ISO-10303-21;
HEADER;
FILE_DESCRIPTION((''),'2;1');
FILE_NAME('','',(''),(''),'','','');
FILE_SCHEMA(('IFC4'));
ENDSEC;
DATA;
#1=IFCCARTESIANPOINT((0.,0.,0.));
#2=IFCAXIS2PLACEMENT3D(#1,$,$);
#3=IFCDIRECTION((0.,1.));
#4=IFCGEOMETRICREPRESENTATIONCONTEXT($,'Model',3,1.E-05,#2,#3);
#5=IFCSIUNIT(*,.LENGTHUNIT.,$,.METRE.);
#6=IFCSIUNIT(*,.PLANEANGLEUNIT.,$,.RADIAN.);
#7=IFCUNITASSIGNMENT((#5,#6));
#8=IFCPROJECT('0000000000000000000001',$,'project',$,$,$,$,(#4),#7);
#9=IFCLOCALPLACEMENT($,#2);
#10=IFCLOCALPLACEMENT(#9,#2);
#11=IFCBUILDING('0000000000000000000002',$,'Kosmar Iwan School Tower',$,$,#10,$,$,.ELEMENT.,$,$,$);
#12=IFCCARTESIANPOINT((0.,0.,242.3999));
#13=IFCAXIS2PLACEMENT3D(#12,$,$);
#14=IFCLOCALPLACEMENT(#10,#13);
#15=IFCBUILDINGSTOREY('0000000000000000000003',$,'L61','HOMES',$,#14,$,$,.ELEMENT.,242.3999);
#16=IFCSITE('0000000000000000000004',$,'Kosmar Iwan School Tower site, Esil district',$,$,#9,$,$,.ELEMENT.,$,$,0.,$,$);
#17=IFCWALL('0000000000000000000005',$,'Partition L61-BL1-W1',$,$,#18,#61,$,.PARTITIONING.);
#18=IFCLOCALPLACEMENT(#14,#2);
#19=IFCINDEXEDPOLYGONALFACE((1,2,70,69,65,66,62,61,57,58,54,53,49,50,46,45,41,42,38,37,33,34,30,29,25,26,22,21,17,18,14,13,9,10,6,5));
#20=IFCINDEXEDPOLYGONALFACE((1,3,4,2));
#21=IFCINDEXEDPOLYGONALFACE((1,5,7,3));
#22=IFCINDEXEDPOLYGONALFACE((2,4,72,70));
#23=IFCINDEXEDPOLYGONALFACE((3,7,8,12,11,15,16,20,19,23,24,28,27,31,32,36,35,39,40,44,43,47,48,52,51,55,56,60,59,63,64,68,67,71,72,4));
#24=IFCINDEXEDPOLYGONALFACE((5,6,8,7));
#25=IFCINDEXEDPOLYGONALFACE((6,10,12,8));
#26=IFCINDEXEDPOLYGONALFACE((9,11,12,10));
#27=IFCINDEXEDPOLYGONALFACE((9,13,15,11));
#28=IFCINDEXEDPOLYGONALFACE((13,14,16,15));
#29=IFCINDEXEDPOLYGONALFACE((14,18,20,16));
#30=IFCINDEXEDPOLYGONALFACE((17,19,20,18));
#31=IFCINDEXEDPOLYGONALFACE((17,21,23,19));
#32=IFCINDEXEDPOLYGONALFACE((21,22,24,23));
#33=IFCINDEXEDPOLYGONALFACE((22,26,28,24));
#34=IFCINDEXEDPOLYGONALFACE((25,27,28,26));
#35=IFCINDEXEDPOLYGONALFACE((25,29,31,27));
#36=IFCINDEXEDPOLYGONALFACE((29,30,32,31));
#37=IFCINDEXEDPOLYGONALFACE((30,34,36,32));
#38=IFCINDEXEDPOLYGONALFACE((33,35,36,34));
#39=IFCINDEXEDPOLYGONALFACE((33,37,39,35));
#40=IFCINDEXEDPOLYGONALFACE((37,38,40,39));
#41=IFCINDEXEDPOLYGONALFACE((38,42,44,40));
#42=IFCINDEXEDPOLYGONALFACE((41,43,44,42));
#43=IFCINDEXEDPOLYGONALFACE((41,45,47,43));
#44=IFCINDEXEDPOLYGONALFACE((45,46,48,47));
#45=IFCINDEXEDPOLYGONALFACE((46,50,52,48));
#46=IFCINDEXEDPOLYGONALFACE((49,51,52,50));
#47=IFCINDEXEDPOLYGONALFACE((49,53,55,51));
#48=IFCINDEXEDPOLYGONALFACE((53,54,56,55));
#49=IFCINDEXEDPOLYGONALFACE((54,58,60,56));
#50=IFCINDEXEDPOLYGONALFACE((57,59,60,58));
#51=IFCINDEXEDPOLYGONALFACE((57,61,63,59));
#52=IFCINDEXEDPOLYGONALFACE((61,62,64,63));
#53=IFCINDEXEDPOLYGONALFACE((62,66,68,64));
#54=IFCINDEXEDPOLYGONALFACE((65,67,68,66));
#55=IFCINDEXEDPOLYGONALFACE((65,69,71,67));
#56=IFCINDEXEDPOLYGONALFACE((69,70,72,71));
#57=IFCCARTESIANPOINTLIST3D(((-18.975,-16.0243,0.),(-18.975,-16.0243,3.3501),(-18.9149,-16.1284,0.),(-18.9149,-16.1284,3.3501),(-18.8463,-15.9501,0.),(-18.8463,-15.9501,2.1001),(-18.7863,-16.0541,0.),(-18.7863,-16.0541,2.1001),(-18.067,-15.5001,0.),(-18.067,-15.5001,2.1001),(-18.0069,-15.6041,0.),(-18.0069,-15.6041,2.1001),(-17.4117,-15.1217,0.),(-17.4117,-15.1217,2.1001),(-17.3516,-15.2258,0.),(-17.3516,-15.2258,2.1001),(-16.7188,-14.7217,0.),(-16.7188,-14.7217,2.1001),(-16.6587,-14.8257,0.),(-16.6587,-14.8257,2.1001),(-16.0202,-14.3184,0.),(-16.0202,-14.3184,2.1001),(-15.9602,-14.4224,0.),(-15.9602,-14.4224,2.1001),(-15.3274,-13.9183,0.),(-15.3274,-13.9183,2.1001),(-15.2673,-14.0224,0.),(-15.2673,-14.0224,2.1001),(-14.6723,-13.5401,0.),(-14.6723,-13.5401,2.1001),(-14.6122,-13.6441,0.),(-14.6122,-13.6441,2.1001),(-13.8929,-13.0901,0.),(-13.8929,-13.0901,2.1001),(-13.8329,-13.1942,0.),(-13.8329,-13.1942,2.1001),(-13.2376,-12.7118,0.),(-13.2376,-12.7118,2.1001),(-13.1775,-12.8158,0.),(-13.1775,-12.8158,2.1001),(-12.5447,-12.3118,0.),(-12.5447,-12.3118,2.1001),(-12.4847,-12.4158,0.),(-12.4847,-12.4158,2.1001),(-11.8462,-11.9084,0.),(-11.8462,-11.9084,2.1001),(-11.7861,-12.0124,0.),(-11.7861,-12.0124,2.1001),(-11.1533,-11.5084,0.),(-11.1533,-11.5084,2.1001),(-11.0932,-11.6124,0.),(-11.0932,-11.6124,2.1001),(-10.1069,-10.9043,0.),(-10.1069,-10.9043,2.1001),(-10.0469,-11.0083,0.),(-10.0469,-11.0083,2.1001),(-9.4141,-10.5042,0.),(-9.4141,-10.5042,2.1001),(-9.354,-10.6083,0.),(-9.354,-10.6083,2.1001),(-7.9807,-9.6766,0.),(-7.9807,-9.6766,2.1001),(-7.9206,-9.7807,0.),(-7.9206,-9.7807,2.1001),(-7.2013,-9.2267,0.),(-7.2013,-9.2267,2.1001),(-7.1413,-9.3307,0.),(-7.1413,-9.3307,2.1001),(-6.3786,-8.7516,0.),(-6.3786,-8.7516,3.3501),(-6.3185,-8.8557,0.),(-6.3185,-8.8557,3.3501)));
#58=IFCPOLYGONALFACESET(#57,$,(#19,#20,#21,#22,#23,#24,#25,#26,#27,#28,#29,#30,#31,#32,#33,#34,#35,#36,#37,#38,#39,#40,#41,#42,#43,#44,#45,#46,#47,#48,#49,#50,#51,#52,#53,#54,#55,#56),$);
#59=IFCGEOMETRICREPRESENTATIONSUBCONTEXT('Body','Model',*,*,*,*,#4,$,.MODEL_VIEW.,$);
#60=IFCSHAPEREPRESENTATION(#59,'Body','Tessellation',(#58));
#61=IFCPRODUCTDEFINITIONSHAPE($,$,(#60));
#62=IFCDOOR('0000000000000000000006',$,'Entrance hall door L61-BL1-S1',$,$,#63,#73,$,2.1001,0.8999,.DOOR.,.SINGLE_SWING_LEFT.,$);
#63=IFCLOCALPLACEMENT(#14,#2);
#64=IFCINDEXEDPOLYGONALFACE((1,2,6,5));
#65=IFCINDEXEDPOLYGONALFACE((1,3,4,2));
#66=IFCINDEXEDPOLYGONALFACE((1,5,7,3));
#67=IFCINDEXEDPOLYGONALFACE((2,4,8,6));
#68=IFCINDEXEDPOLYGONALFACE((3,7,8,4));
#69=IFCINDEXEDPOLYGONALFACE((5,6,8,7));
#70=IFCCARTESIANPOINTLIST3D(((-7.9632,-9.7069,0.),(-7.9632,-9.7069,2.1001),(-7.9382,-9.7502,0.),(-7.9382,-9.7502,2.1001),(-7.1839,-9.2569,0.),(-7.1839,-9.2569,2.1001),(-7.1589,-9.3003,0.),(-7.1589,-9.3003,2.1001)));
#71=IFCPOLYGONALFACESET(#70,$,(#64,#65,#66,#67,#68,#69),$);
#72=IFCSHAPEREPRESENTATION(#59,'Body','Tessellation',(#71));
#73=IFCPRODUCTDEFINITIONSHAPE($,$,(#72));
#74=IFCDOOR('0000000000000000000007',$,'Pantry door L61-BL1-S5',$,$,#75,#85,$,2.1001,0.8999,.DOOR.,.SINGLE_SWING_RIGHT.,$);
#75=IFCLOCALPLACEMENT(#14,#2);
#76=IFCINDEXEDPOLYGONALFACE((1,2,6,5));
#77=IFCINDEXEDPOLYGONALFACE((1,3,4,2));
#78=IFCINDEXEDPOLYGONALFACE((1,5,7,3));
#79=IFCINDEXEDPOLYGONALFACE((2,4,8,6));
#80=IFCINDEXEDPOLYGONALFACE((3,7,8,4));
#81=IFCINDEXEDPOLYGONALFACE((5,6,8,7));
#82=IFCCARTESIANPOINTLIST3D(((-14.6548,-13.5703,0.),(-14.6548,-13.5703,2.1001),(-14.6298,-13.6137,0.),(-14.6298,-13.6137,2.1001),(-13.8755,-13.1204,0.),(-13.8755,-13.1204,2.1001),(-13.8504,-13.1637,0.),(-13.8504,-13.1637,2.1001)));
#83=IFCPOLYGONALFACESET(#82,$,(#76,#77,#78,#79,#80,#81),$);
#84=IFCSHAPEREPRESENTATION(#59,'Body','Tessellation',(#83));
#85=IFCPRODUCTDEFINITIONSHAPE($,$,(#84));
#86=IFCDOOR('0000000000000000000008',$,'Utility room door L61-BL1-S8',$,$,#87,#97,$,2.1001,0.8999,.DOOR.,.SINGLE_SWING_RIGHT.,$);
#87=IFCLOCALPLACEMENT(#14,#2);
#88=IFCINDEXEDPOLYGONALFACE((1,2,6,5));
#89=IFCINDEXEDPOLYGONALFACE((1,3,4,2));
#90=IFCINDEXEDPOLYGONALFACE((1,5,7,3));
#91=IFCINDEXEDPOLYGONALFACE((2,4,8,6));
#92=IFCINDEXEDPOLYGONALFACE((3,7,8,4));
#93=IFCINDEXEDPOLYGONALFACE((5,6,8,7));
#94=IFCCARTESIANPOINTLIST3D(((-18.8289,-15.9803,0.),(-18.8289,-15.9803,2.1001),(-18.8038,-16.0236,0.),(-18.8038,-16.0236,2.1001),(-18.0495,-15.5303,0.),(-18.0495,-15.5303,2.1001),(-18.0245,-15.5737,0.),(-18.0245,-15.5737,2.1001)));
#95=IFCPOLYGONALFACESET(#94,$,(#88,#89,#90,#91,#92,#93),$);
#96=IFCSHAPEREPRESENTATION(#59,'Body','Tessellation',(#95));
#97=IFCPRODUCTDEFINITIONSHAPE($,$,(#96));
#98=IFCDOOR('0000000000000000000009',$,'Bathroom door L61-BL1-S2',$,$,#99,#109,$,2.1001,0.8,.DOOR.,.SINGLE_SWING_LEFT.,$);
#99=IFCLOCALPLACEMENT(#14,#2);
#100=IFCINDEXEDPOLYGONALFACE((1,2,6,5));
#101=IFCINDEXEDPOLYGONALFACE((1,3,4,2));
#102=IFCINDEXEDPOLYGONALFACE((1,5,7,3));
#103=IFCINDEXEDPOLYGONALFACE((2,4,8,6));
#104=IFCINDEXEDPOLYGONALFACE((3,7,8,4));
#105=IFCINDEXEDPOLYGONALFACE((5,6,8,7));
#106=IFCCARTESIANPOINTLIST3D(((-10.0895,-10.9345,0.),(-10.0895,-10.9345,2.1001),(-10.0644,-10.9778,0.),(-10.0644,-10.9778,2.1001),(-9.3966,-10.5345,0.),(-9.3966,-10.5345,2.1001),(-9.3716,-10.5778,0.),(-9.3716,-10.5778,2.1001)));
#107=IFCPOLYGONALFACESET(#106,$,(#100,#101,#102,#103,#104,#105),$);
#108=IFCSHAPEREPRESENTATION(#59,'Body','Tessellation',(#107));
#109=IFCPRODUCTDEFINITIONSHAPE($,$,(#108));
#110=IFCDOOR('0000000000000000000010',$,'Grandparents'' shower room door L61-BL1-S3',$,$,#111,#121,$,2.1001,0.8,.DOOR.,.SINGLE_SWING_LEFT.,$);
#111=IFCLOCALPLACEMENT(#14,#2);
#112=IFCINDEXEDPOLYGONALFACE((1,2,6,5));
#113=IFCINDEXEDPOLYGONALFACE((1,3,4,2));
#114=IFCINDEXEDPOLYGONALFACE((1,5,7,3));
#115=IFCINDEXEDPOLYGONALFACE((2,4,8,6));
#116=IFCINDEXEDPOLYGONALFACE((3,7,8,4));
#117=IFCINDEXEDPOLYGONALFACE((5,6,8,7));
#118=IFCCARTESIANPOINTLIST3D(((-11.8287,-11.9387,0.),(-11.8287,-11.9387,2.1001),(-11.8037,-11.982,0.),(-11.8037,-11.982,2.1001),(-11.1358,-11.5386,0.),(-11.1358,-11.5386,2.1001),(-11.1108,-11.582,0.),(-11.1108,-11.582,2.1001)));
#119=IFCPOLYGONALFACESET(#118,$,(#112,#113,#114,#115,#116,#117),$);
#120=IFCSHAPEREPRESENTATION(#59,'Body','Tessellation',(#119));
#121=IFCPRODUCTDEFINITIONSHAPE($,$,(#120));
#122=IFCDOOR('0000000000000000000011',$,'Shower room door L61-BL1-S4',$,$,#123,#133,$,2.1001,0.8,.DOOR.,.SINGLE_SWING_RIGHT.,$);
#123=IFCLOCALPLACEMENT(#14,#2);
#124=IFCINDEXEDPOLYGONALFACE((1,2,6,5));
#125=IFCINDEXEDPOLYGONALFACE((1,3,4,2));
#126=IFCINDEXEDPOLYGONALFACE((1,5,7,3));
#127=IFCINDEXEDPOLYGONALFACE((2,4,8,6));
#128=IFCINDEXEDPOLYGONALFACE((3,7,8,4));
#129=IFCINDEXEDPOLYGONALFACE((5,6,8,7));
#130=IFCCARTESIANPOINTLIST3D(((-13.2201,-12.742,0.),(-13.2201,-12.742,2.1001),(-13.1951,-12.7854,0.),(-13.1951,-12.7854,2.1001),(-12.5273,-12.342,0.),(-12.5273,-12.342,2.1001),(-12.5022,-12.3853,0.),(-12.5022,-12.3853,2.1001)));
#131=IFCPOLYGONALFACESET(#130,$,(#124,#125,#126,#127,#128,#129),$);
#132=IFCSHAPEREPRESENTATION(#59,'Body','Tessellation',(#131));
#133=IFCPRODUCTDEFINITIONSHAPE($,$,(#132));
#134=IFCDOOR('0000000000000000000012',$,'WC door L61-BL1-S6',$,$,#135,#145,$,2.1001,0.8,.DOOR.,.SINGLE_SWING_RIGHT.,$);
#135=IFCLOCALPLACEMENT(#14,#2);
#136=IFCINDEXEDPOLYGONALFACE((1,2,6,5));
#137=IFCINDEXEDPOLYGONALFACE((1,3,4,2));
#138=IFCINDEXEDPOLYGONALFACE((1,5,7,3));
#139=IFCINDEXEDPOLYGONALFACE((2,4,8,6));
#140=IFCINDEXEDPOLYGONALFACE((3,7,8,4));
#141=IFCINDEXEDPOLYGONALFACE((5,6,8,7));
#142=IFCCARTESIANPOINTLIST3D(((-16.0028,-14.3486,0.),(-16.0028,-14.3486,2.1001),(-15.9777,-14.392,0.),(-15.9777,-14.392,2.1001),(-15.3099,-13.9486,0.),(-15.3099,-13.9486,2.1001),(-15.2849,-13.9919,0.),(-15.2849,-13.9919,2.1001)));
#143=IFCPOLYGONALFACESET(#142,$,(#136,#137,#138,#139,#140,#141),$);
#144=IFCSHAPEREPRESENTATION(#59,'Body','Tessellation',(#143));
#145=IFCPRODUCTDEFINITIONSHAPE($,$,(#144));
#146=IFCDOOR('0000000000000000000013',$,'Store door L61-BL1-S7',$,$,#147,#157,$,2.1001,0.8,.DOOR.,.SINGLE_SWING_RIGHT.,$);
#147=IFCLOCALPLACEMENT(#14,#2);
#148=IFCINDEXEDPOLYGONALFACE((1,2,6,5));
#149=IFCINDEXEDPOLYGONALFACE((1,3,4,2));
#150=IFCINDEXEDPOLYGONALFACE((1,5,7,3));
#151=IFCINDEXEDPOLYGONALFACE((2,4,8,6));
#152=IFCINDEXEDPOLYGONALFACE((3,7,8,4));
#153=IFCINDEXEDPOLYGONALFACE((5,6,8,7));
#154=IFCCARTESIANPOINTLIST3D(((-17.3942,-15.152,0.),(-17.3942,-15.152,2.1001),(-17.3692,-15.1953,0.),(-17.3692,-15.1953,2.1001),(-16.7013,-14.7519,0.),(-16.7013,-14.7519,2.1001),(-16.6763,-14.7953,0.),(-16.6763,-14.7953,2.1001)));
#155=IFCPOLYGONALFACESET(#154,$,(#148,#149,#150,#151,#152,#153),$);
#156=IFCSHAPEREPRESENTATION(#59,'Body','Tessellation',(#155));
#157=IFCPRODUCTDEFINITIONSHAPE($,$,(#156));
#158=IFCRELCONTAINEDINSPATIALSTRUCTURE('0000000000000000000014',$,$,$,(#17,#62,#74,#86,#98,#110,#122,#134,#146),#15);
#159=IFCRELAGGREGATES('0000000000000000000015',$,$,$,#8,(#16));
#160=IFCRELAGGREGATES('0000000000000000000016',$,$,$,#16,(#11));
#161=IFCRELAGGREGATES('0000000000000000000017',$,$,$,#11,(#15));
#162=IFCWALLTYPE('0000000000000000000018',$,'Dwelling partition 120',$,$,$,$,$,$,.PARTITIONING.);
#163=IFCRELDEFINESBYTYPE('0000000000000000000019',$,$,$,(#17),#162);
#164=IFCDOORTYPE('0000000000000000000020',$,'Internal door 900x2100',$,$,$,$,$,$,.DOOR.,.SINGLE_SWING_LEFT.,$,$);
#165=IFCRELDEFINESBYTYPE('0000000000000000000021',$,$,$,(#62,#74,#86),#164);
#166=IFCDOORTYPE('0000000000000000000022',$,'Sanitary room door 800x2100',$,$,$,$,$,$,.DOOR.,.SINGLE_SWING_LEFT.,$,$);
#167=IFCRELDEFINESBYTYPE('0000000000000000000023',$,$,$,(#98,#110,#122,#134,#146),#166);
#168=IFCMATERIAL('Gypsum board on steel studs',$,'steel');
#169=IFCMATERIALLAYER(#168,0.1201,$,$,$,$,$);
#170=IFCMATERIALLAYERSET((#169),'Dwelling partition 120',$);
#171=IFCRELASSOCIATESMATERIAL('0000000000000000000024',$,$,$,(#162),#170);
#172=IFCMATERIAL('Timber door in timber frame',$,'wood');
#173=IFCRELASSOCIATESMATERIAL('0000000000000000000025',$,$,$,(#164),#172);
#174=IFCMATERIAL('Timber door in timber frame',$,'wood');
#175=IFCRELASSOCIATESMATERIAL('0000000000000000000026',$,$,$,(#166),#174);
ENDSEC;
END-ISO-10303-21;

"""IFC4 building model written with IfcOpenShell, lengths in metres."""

from ifc_helpers import new_model, si_unit, direction, frame, frame_2d, origin, place, context, subcontext, project, spatial, rectangle, extrude, material, layer, layer_set, type_object, element, fill, save


model = new_model("IFC4")

# Units and contexts
model_context = context("Model", 3, precision=1e-05, world=origin(), true_north=direction((0.0, 1.0)))
body_context = subcontext(model_context, "Body", "Model", "MODEL_VIEW")
ifc_project = project(units=[si_unit("LENGTHUNIT", "METRE"), si_unit("PLANEANGLEUNIT", "RADIAN")], contexts=[model_context])

# Site, building, storey
site_placement = place(None, origin())
site = spatial("IfcSite", under=ifc_project, at=site_placement, Name="Kosmar Iwan School Tower site, Esil district", CompositionType="ELEMENT", RefElevation=0.0)
building_placement = place(site_placement, origin())
building = spatial("IfcBuilding", under=site, at=building_placement, Name="Kosmar Iwan School Tower", CompositionType="ELEMENT")
storey_placement = place(building_placement, frame((0.0, 0.0, 242.3999)))
storey = spatial("IfcBuildingStorey", under=building, at=storey_placement, Name="L61", Description="HOMES", CompositionType="ELEMENT", Elevation=242.3999)

# Wall, openings, doors
ifc_material_1 = material(Name="Gypsum board on steel studs", Category="steel")
ifc_layer_1 = layer(ifc_material_1, 0.1201)
ifc_layer_set_1 = layer_set([ifc_layer_1], Name="Dwelling partition 120")
wall_type_1 = type_object("IfcWallType", Name="Dwelling partition 120", PredefinedType="PARTITIONING", material=ifc_layer_set_1)
wall_1_placement = place(storey_placement, frame((-6.3486, -8.8037, 0.0), z_axis=(0.0, 0.0, 1.0), x_axis=(-0.866021, -0.500008, 0.0)))
wall_1 = element("IfcWall", 1, at=wall_1_placement, inside=storey, type_object=wall_type_1, Name="Partition L61-BL1-W1", PredefinedType="PARTITIONING", context=body_context, shape_type="SweptSolid", body=[
    extrude(rectangle(XDim=14.5452, YDim=0.1201, at=frame_2d((7.2725, 0.0))), origin(), (0.0, 0.0, 1.0), 3.3501),
])
opening_1_placement = place(wall_1_placement, frame((0.95, 0.0, 0.0)))
opening_1 = element("IfcOpeningElement", 2, at=opening_1_placement, cuts=wall_1, PredefinedType="OPENING", context=body_context, shape_type="SweptSolid", body=[
    extrude(rectangle(XDim=0.8999, YDim=2.1001, at=frame_2d((0.45, 1.05))), frame((0.0, 0.072, 0.0), z_axis=(0.0, -1.0, 0.0), x_axis=(1.0, 0.0, 0.0)), (0.0, 0.0, 1.0), 0.144),
])
opening_2_placement = place(wall_1_placement, frame((3.5051, 0.0, 0.0)))
opening_2 = element("IfcOpeningElement", 3, at=opening_2_placement, cuts=wall_1, PredefinedType="OPENING", context=body_context, shape_type="SweptSolid", body=[
    extrude(rectangle(XDim=0.8, YDim=2.1001, at=frame_2d((0.3999, 1.05))), frame((0.0, 0.072, 0.0), z_axis=(0.0, -1.0, 0.0), x_axis=(1.0, 0.0, 0.0)), (0.0, 0.0, 1.0), 0.144),
])
opening_3_placement = place(wall_1_placement, frame((5.5134, 0.0, 0.0)))
opening_3 = element("IfcOpeningElement", 4, at=opening_3_placement, cuts=wall_1, PredefinedType="OPENING", context=body_context, shape_type="SweptSolid", body=[
    extrude(rectangle(XDim=0.8, YDim=2.1001, at=frame_2d((0.3999, 1.05))), frame((0.0, 0.072, 0.0), z_axis=(0.0, -1.0, 0.0), x_axis=(1.0, 0.0, 0.0)), (0.0, 0.0, 1.0), 0.144),
])
opening_4_placement = place(wall_1_placement, frame((7.1201, 0.0, 0.0)))
opening_4 = element("IfcOpeningElement", 5, at=opening_4_placement, cuts=wall_1, PredefinedType="OPENING", context=body_context, shape_type="SweptSolid", body=[
    extrude(rectangle(XDim=0.8, YDim=2.1001, at=frame_2d((0.3999, 1.05))), frame((0.0, 0.072, 0.0), z_axis=(0.0, -1.0, 0.0), x_axis=(1.0, 0.0, 0.0)), (0.0, 0.0, 1.0), 0.144),
])
opening_5_placement = place(wall_1_placement, frame((8.6768, 0.0, 0.0)))
opening_5 = element("IfcOpeningElement", 6, at=opening_5_placement, cuts=wall_1, PredefinedType="OPENING", context=body_context, shape_type="SweptSolid", body=[
    extrude(rectangle(XDim=0.8999, YDim=2.1001, at=frame_2d((0.45, 1.05))), frame((0.0, 0.072, 0.0), z_axis=(0.0, -1.0, 0.0), x_axis=(1.0, 0.0, 0.0)), (0.0, 0.0, 1.0), 0.144),
])
opening_6_placement = place(wall_1_placement, frame((10.3333, 0.0, 0.0)))
opening_6 = element("IfcOpeningElement", 7, at=opening_6_placement, cuts=wall_1, PredefinedType="OPENING", context=body_context, shape_type="SweptSolid", body=[
    extrude(rectangle(XDim=0.8, YDim=2.1001, at=frame_2d((0.3999, 1.05))), frame((0.0, 0.072, 0.0), z_axis=(0.0, -1.0, 0.0), x_axis=(1.0, 0.0, 0.0)), (0.0, 0.0, 1.0), 0.144),
])
opening_7_placement = place(wall_1_placement, frame((11.9399, 0.0, 0.0)))
opening_7 = element("IfcOpeningElement", 8, at=opening_7_placement, cuts=wall_1, PredefinedType="OPENING", context=body_context, shape_type="SweptSolid", body=[
    extrude(rectangle(XDim=0.8, YDim=2.1001, at=frame_2d((0.3999, 1.05))), frame((0.0, 0.072, 0.0), z_axis=(0.0, -1.0, 0.0), x_axis=(1.0, 0.0, 0.0)), (0.0, 0.0, 1.0), 0.144),
])
opening_8_placement = place(wall_1_placement, frame((13.4966, 0.0, 0.0)))
opening_8 = element("IfcOpeningElement", 9, at=opening_8_placement, cuts=wall_1, PredefinedType="OPENING", context=body_context, shape_type="SweptSolid", body=[
    extrude(rectangle(XDim=0.8999, YDim=2.1001, at=frame_2d((0.45, 1.05))), frame((0.0, 0.072, 0.0), z_axis=(0.0, -1.0, 0.0), x_axis=(1.0, 0.0, 0.0)), (0.0, 0.0, 1.0), 0.144),
])
ifc_material_2 = material(Name="Timber door in timber frame", Category="wood")
door_type_1 = type_object("IfcDoorType", Name="Internal door 900x2100", OperationType="SINGLE_SWING_LEFT", PredefinedType="DOOR", material=ifc_material_2)
door_1_placement = place(opening_1_placement, origin())
door_1 = element("IfcDoor", 10, at=door_1_placement, inside=storey, type_object=door_type_1, Name="Entrance hall door L61-BL1-S1", OperationType="SINGLE_SWING_LEFT", OverallHeight=2.1001, OverallWidth=0.8999, PredefinedType="DOOR", context=body_context, shape_type="SweptSolid", body=[
    extrude(rectangle(XDim=0.8999, YDim=2.1001, at=frame_2d((0.45, 1.05))), frame((0.0, 0.0249, 0.0), z_axis=(0.0, -1.0, 0.0), x_axis=(1.0, 0.0, 0.0)), (0.0, 0.0, 1.0), 0.05),
])
fill(opening_1, door_1)
door_2_placement = place(opening_5_placement, origin())
door_2 = element("IfcDoor", 11, at=door_2_placement, inside=storey, type_object=door_type_1, Name="Pantry door L61-BL1-S5", OperationType="SINGLE_SWING_RIGHT", OverallHeight=2.1001, OverallWidth=0.8999, PredefinedType="DOOR", context=body_context, shape_type="SweptSolid", body=[
    extrude(rectangle(XDim=0.8999, YDim=2.1001, at=frame_2d((0.45, 1.05))), frame((0.0, 0.0249, 0.0), z_axis=(0.0, -1.0, 0.0), x_axis=(1.0, 0.0, 0.0)), (0.0, 0.0, 1.0), 0.05),
])
fill(opening_5, door_2)
door_3_placement = place(opening_8_placement, origin())
door_3 = element("IfcDoor", 12, at=door_3_placement, inside=storey, type_object=door_type_1, Name="Utility room door L61-BL1-S8", OperationType="SINGLE_SWING_RIGHT", OverallHeight=2.1001, OverallWidth=0.8999, PredefinedType="DOOR", context=body_context, shape_type="SweptSolid", body=[
    extrude(rectangle(XDim=0.8999, YDim=2.1001, at=frame_2d((0.45, 1.05))), frame((0.0, 0.0249, 0.0), z_axis=(0.0, -1.0, 0.0), x_axis=(1.0, 0.0, 0.0)), (0.0, 0.0, 1.0), 0.05),
])
fill(opening_8, door_3)
ifc_material_3 = material(Name="Timber door in timber frame", Category="wood")
door_type_2 = type_object("IfcDoorType", Name="Sanitary room door 800x2100", OperationType="SINGLE_SWING_LEFT", PredefinedType="DOOR", material=ifc_material_3)
door_4_placement = place(opening_2_placement, origin())
door_4 = element("IfcDoor", 13, at=door_4_placement, inside=storey, type_object=door_type_2, Name="Bathroom door L61-BL1-S2", OperationType="SINGLE_SWING_LEFT", OverallHeight=2.1001, OverallWidth=0.8, PredefinedType="DOOR", context=body_context, shape_type="SweptSolid", body=[
    extrude(rectangle(XDim=0.8, YDim=2.1001, at=frame_2d((0.3999, 1.05))), frame((0.0, 0.0249, 0.0), z_axis=(0.0, -1.0, 0.0), x_axis=(1.0, 0.0, 0.0)), (0.0, 0.0, 1.0), 0.05),
])
fill(opening_2, door_4)
door_5_placement = place(opening_3_placement, origin())
door_5 = element("IfcDoor", 14, at=door_5_placement, inside=storey, type_object=door_type_2, Name="Grandparents' shower room door L61-BL1-S3", OperationType="SINGLE_SWING_LEFT", OverallHeight=2.1001, OverallWidth=0.8, PredefinedType="DOOR", context=body_context, shape_type="SweptSolid", body=[
    extrude(rectangle(XDim=0.8, YDim=2.1001, at=frame_2d((0.3999, 1.05))), frame((0.0, 0.0249, 0.0), z_axis=(0.0, -1.0, 0.0), x_axis=(1.0, 0.0, 0.0)), (0.0, 0.0, 1.0), 0.05),
])
fill(opening_3, door_5)
door_6_placement = place(opening_4_placement, origin())
door_6 = element("IfcDoor", 15, at=door_6_placement, inside=storey, type_object=door_type_2, Name="Shower room door L61-BL1-S4", OperationType="SINGLE_SWING_RIGHT", OverallHeight=2.1001, OverallWidth=0.8, PredefinedType="DOOR", context=body_context, shape_type="SweptSolid", body=[
    extrude(rectangle(XDim=0.8, YDim=2.1001, at=frame_2d((0.3999, 1.05))), frame((0.0, 0.0249, 0.0), z_axis=(0.0, -1.0, 0.0), x_axis=(1.0, 0.0, 0.0)), (0.0, 0.0, 1.0), 0.05),
])
fill(opening_4, door_6)
door_7_placement = place(opening_6_placement, origin())
door_7 = element("IfcDoor", 16, at=door_7_placement, inside=storey, type_object=door_type_2, Name="WC door L61-BL1-S6", OperationType="SINGLE_SWING_RIGHT", OverallHeight=2.1001, OverallWidth=0.8, PredefinedType="DOOR", context=body_context, shape_type="SweptSolid", body=[
    extrude(rectangle(XDim=0.8, YDim=2.1001, at=frame_2d((0.3999, 1.05))), frame((0.0, 0.0249, 0.0), z_axis=(0.0, -1.0, 0.0), x_axis=(1.0, 0.0, 0.0)), (0.0, 0.0, 1.0), 0.05),
])
fill(opening_6, door_7)
door_8_placement = place(opening_7_placement, origin())
door_8 = element("IfcDoor", 17, at=door_8_placement, inside=storey, type_object=door_type_2, Name="Store door L61-BL1-S7", OperationType="SINGLE_SWING_RIGHT", OverallHeight=2.1001, OverallWidth=0.8, PredefinedType="DOOR", context=body_context, shape_type="SweptSolid", body=[
    extrude(rectangle(XDim=0.8, YDim=2.1001, at=frame_2d((0.3999, 1.05))), frame((0.0, 0.0249, 0.0), z_axis=(0.0, -1.0, 0.0), x_axis=(1.0, 0.0, 0.0)), (0.0, 0.0, 1.0), 0.05),
])
fill(opening_7, door_8)

save(model, "model.ifc")
